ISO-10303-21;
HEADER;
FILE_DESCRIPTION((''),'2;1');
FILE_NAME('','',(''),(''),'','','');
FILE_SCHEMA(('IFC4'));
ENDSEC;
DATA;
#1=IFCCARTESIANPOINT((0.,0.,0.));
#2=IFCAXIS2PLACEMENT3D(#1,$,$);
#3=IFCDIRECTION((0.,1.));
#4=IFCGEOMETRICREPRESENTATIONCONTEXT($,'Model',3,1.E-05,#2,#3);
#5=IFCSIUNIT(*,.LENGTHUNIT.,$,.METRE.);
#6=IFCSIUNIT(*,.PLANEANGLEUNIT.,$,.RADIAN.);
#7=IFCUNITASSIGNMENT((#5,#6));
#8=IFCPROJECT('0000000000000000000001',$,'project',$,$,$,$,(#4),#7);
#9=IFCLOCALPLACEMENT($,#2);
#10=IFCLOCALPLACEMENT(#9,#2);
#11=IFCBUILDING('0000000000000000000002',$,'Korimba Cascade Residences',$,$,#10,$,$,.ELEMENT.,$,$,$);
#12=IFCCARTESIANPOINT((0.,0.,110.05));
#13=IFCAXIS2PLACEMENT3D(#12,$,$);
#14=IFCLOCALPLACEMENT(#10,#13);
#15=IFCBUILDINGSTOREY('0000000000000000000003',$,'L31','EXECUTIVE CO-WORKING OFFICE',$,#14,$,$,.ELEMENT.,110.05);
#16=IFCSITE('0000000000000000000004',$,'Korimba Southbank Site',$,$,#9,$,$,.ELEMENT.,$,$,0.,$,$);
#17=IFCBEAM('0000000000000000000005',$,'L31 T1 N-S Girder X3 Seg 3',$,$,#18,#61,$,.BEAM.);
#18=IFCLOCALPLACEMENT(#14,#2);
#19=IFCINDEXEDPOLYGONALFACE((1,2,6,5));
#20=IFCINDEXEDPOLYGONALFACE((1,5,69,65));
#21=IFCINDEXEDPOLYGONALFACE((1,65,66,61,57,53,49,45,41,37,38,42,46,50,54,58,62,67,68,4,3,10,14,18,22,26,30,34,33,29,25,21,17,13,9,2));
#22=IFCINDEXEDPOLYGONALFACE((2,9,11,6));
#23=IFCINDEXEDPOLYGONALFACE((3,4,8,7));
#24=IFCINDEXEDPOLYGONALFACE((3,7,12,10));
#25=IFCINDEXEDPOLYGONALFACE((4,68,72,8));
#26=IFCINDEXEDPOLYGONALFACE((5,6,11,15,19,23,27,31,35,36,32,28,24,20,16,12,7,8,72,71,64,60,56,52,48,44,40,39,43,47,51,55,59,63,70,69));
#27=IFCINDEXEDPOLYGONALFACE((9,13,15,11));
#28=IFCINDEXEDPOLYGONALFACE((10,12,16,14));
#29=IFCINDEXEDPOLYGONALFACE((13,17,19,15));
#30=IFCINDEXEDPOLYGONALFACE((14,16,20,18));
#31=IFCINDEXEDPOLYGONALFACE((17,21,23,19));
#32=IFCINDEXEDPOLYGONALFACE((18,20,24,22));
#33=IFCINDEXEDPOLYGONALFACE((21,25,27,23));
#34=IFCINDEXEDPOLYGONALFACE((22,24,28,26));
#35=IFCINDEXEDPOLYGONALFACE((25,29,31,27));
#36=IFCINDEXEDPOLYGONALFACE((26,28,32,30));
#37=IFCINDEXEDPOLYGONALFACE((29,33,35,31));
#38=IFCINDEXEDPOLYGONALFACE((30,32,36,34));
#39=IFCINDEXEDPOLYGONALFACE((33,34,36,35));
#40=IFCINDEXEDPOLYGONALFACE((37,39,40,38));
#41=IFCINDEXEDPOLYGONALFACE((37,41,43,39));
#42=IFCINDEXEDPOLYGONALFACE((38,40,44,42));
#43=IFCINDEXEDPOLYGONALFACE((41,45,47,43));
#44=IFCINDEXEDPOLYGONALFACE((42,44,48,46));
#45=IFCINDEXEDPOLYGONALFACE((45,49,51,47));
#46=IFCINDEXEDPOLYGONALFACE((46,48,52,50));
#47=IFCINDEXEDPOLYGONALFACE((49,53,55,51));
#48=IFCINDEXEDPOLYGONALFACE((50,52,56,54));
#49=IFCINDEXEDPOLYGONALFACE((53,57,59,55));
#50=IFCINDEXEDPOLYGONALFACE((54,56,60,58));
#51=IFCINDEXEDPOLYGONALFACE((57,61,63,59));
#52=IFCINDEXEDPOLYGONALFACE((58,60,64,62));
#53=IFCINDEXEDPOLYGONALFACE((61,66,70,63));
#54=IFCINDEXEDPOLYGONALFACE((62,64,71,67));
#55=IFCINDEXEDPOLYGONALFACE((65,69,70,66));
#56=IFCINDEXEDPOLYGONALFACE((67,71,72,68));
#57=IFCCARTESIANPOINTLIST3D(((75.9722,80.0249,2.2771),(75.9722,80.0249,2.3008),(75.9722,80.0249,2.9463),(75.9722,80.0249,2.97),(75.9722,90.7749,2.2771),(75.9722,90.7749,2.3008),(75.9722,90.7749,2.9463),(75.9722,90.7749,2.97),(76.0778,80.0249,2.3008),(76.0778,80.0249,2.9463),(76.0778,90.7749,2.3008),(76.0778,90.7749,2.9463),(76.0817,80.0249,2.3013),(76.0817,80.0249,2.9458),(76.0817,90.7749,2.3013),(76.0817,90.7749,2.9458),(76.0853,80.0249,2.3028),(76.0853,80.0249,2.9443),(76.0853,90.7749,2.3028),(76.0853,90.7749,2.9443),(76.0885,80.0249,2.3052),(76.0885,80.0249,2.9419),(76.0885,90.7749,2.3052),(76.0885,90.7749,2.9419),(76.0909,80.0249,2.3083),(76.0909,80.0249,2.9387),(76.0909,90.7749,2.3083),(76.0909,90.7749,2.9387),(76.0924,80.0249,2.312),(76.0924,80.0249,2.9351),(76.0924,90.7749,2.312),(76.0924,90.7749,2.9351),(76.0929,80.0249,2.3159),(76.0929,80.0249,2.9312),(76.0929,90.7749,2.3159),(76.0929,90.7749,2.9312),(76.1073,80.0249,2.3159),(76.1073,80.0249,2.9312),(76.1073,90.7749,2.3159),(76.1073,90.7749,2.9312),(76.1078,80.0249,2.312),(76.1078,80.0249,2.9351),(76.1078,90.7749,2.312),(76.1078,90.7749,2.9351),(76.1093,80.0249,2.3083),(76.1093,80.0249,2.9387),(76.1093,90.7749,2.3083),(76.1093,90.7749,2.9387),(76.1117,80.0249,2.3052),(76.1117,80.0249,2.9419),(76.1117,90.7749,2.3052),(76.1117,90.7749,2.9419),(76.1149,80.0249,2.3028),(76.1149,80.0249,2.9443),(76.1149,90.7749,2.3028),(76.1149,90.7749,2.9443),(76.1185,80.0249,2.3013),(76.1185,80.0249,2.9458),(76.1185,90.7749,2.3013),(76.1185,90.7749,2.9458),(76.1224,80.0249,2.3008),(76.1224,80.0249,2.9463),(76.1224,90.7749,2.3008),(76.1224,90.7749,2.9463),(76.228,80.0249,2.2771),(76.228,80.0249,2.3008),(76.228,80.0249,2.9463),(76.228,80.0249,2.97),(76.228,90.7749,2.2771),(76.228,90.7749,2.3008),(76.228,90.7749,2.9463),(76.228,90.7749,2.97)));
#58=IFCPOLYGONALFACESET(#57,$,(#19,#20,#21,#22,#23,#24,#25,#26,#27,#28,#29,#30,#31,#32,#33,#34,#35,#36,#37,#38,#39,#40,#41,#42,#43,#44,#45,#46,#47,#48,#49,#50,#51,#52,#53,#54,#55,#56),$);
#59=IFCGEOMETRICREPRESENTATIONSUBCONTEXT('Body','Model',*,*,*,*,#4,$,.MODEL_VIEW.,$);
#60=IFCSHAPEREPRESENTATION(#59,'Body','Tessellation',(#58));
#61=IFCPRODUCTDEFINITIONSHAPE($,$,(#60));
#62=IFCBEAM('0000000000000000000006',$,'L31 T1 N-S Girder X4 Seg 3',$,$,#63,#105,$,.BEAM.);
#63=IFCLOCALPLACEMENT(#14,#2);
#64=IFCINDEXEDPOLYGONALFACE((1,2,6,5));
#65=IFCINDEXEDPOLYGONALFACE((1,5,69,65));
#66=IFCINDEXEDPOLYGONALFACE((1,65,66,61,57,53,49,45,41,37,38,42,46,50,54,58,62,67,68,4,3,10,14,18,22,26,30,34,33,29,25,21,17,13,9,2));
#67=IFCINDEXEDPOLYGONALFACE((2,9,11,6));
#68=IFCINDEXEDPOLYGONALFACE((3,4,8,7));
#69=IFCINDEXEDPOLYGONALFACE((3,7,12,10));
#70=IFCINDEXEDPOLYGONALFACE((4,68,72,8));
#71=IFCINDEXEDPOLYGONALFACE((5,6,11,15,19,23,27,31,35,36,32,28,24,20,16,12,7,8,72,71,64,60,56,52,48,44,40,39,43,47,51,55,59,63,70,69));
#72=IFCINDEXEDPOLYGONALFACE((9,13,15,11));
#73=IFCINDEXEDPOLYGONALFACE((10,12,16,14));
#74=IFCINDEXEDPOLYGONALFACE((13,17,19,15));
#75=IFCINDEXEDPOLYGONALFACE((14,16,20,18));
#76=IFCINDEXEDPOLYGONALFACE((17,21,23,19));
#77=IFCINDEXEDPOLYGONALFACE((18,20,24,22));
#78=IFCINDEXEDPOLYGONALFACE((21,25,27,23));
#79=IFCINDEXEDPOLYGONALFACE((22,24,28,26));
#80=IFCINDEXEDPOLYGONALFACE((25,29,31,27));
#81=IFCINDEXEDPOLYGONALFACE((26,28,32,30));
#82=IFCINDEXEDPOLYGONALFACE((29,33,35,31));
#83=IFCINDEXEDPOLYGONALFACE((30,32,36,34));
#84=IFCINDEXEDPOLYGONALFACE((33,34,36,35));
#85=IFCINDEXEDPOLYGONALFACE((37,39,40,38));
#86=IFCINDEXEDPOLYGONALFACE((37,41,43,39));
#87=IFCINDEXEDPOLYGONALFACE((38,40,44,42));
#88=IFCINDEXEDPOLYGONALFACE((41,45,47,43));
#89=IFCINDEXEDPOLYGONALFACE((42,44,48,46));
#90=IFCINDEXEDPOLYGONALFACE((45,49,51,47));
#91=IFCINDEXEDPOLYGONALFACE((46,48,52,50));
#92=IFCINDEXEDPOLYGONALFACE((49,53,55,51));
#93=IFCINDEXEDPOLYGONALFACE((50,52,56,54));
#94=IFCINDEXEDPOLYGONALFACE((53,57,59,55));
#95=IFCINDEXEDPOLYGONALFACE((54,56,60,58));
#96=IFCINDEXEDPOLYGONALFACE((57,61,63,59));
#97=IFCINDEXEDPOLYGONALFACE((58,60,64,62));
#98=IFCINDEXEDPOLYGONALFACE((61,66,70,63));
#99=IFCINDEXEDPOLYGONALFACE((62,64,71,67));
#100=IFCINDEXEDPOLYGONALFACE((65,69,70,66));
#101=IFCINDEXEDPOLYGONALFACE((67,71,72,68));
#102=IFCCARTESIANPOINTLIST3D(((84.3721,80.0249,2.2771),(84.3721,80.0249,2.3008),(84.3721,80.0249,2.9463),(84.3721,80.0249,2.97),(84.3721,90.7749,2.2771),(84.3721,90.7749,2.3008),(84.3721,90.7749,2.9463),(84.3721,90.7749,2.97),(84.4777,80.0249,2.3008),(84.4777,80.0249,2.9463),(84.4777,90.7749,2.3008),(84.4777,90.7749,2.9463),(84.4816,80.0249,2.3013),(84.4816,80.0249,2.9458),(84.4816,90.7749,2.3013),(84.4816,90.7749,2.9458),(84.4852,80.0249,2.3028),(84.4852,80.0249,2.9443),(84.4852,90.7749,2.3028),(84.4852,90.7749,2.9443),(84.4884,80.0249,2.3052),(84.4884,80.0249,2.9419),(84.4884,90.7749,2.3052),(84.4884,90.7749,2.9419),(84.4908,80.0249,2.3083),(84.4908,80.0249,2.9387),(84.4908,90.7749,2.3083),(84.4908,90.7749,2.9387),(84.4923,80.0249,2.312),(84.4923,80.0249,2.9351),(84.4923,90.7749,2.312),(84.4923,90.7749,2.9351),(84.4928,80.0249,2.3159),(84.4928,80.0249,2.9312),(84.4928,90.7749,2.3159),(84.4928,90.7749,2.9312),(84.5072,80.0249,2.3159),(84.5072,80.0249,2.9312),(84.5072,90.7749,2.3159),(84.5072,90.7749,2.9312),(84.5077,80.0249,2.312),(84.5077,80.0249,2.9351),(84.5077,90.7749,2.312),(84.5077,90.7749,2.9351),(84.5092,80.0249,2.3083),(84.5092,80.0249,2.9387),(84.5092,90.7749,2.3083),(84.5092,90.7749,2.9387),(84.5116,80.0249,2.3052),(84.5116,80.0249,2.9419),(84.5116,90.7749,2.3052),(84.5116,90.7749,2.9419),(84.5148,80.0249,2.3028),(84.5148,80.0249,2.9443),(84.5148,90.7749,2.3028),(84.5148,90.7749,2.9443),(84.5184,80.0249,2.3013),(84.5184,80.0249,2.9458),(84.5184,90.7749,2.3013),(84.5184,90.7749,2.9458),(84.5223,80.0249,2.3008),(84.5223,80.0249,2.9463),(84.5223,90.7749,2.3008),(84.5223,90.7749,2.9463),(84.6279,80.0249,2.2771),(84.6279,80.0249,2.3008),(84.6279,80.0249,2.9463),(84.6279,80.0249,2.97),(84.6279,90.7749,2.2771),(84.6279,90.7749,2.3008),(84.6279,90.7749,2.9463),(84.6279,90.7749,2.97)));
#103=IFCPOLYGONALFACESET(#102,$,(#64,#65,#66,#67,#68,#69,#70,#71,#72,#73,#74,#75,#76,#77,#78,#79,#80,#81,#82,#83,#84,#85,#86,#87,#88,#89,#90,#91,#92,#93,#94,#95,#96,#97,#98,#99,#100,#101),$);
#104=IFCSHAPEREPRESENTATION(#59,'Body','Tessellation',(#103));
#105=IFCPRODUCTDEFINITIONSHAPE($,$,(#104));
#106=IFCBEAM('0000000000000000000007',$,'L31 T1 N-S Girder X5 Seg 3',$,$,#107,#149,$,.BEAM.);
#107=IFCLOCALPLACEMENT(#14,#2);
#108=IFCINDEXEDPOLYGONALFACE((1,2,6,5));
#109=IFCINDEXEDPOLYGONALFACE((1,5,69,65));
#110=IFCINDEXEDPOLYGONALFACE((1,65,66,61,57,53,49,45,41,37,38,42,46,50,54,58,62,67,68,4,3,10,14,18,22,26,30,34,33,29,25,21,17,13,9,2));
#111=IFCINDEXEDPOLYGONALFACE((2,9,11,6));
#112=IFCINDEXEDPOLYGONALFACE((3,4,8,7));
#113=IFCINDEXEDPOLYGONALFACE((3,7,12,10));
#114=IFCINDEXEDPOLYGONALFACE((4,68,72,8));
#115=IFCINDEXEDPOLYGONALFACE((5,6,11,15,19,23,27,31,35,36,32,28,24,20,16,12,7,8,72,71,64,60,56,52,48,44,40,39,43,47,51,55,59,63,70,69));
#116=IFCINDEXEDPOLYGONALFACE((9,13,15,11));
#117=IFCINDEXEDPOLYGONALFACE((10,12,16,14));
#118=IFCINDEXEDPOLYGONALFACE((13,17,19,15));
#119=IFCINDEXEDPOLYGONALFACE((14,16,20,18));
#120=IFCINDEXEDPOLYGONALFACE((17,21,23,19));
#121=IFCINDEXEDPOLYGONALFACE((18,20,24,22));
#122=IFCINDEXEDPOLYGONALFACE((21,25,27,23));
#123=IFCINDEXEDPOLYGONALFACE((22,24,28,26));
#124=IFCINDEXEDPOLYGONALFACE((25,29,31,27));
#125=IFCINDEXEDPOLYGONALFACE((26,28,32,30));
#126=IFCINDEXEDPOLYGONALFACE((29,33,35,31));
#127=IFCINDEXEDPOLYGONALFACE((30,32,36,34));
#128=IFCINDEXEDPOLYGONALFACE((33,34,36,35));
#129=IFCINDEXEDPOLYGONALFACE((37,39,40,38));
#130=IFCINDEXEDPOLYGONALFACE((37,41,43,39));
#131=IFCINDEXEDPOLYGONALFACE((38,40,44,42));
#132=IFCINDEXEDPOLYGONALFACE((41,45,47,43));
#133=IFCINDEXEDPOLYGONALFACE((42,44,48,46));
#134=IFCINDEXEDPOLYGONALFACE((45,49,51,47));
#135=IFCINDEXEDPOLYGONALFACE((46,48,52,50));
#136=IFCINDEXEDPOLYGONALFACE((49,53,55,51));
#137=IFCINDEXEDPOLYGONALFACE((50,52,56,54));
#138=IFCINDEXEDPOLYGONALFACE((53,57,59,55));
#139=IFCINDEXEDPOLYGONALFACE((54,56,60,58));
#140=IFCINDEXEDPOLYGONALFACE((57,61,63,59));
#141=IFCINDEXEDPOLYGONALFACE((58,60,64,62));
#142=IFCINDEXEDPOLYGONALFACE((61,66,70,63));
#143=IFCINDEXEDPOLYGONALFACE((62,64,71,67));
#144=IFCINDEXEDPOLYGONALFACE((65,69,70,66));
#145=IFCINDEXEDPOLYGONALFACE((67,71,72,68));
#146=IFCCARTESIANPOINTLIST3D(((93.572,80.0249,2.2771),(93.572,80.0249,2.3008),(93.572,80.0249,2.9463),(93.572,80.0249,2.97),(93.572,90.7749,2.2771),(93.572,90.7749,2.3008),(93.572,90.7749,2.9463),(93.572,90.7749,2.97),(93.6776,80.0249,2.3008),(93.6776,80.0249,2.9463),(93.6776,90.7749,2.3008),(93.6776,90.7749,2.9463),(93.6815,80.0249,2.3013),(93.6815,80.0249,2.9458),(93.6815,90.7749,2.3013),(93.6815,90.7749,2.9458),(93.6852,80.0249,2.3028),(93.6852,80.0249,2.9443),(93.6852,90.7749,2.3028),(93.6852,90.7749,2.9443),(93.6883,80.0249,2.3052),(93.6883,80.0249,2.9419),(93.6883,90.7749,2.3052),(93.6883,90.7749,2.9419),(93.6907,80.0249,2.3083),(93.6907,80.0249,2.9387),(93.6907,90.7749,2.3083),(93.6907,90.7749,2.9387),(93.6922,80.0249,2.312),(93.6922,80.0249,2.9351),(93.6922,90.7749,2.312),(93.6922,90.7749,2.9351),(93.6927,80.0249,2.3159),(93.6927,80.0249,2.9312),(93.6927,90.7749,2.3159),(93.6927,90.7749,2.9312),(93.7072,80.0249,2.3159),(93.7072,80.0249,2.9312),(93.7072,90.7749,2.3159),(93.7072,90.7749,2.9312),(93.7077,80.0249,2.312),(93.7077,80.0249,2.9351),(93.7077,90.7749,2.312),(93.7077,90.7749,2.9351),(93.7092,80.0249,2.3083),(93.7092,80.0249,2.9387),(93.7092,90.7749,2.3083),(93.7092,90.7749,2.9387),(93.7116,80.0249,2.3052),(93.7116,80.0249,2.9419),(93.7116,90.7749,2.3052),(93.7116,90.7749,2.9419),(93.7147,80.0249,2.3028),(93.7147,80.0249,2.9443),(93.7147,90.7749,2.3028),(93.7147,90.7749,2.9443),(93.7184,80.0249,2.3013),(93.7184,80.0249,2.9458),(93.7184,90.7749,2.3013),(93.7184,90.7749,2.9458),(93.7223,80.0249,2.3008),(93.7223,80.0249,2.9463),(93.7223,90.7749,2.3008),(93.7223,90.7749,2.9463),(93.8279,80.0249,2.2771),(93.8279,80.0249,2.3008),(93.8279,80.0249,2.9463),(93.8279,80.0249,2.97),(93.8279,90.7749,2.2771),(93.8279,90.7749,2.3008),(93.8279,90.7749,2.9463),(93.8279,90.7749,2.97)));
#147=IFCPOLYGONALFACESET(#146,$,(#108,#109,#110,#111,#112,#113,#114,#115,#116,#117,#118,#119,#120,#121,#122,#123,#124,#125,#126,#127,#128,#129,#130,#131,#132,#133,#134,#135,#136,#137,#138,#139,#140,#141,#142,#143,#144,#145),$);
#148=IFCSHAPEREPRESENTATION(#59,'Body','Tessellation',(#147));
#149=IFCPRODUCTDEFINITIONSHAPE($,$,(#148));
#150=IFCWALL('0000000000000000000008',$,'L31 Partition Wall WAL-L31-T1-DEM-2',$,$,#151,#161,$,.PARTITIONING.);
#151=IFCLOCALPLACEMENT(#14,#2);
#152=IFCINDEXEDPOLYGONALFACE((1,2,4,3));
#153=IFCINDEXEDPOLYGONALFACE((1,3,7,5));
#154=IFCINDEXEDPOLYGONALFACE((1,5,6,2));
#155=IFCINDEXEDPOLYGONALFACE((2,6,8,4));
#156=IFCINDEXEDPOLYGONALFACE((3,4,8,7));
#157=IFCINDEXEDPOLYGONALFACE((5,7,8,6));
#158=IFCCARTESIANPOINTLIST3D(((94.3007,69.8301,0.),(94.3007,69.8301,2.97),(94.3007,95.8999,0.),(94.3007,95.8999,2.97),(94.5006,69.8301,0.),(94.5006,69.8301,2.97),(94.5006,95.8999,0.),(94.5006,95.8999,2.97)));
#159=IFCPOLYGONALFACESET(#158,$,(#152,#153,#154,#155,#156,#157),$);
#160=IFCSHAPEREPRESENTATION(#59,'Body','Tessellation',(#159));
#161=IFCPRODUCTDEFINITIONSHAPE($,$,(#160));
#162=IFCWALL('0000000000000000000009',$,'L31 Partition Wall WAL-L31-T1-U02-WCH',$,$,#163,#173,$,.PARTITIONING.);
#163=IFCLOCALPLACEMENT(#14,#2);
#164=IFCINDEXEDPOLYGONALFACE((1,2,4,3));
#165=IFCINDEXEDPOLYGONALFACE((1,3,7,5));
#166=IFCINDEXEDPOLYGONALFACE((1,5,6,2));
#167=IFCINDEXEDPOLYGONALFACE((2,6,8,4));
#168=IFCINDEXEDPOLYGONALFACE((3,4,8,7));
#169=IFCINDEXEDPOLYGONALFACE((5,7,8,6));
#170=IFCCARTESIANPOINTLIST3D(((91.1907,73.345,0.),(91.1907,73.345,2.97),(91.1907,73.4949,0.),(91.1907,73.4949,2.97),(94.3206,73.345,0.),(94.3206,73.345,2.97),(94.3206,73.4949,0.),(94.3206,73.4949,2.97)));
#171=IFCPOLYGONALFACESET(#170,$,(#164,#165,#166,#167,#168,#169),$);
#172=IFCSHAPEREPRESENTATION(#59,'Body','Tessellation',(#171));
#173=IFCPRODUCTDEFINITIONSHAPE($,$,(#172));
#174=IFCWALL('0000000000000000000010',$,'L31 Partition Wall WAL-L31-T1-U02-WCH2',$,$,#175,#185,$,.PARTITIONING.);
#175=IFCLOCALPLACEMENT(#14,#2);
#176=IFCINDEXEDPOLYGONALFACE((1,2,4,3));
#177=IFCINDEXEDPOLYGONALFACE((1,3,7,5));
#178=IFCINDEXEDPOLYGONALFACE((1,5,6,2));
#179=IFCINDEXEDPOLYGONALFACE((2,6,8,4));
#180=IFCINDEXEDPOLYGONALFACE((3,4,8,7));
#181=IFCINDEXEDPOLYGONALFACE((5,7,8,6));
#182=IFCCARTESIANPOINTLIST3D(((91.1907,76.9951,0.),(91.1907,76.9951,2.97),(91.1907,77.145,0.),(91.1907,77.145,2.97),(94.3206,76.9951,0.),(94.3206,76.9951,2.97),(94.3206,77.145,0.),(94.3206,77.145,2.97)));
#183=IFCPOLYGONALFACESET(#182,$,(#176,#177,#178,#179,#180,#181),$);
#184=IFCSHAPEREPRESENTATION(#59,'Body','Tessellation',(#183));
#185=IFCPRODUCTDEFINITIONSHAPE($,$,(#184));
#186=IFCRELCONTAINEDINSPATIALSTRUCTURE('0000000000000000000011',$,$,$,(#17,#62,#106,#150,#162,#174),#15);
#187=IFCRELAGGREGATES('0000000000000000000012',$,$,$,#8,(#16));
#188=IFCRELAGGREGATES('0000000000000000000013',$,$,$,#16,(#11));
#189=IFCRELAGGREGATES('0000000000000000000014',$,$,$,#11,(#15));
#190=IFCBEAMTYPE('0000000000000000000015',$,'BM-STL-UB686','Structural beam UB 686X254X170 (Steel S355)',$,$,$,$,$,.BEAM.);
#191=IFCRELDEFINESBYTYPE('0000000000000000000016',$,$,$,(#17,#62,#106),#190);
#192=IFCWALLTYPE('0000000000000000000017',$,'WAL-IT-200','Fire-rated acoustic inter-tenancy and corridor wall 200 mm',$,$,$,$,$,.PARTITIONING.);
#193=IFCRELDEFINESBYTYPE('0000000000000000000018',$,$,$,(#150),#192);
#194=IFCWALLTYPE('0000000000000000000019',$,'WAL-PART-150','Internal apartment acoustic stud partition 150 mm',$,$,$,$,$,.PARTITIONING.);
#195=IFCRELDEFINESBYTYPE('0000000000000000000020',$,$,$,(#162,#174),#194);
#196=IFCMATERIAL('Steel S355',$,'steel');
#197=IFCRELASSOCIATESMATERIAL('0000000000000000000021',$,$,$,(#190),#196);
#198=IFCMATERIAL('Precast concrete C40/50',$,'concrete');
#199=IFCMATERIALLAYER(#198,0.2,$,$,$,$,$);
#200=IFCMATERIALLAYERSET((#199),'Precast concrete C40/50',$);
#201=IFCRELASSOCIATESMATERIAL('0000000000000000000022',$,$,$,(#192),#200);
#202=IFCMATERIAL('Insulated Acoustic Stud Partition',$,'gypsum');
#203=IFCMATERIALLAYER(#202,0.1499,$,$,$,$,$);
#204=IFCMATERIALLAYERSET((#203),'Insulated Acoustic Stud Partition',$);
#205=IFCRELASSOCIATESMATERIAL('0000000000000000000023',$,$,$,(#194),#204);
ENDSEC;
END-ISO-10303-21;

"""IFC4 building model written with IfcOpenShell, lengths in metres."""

from ifc_helpers import new_model, si_unit, direction, frame, frame_2d, origin, origin_2d, place, context, subcontext, project, spatial, rectangle, i_section, extrude, material, layer, layer_set, material_profile, profile_set, type_object, element, save


model = new_model("IFC4")

# Units and contexts
model_context = context("Model", 3, precision=1e-05, world=origin(), true_north=direction((0.0, 1.0)))
body_context = subcontext(model_context, "Body", "Model", "MODEL_VIEW")
ifc_project = project(units=[si_unit("LENGTHUNIT", "METRE"), si_unit("PLANEANGLEUNIT", "RADIAN")], contexts=[model_context])

# Site, building, storey
site_placement = place(None, origin())
site = spatial("IfcSite", under=ifc_project, at=site_placement, Name="Korimba Southbank Site", CompositionType="ELEMENT", RefElevation=0.0)
building_placement = place(site_placement, origin())
building = spatial("IfcBuilding", under=site, at=building_placement, Name="Korimba Cascade Residences", CompositionType="ELEMENT")
storey_placement = place(building_placement, frame((0.0, 0.0, 110.05)))
storey = spatial("IfcBuildingStorey", under=building, at=storey_placement, Name="L31", Description="EXECUTIVE CO-WORKING OFFICE", CompositionType="ELEMENT", Elevation=110.05)

# Beams
ifc_material_1 = material(Name="Steel S355", Category="steel")
ifc_material_profile_1 = material_profile(ifc_material_1, i_section(OverallWidth=0.2559, OverallDepth=0.6929, WebThickness=0.0144, FlangeThickness=0.0237, FilletRadius=0.0151, at=origin_2d()), Name="Steel S355")
ifc_profile_set_1 = profile_set([ifc_material_profile_1], Name="Steel S355")
beam_type_1 = type_object("IfcBeamType", Name="BM-STL-UB686", Description="Structural beam UB 686X254X170 (Steel S355)", PredefinedType="BEAM", material=ifc_profile_set_1)
for number, where, z_axis, x_axis, name in (
    (1, (76.1001, 80.0249, 2.6235), (0.0, 1.0, 0.0), (-1.0, 0.0, 0.0), "L31 T1 N-S Girder X3 Seg 3"),
    (2, (84.5, 80.0249, 2.6235), (0.0, 1.0, 0.0), (-1.0, 0.0, 0.0), "L31 T1 N-S Girder X4 Seg 3"),
    (3, (93.7, 80.0249, 2.6235), (0.0, 1.0, 0.0), (-1.0, 0.0, 0.0), "L31 T1 N-S Girder X5 Seg 3"),
):
    element("IfcBeam", number, at=place(storey_placement, frame(where, z_axis=z_axis, x_axis=x_axis)), inside=storey, type_object=beam_type_1, Name=name, PredefinedType="BEAM", context=body_context, shape_type="SweptSolid", body=[
        extrude(i_section(OverallWidth=0.2559, OverallDepth=0.6929, WebThickness=0.0144, FlangeThickness=0.0237, FilletRadius=0.0151, at=origin_2d()), origin(), (0.0, 0.0, 1.0), 10.75),
    ])

# Walls
ifc_material_2 = material(Name="Precast concrete C40/50", Category="concrete")
ifc_layer_1 = layer(ifc_material_2, 0.2)
ifc_layer_set_1 = layer_set([ifc_layer_1], Name="Precast concrete C40/50")
wall_type_1 = type_object("IfcWallType", Name="WAL-IT-200", Description="Fire-rated acoustic inter-tenancy and corridor wall 200 mm", PredefinedType="PARTITIONING", material=ifc_layer_set_1)
wall_1_placement = place(storey_placement, frame((94.4006, 69.8301, 0.0), z_axis=(0.0, 0.0, 1.0), x_axis=(0.0, 1.0, 0.0)))
element("IfcWall", 4, at=wall_1_placement, inside=storey, type_object=wall_type_1, Name="L31 Partition Wall WAL-L31-T1-DEM-2", PredefinedType="PARTITIONING", context=body_context, shape_type="SweptSolid", body=[
    extrude(rectangle(XDim=26.0698, YDim=0.2, at=frame_2d((13.0349, 0.0))), origin(), (0.0, 0.0, 1.0), 2.97),
])
ifc_material_3 = material(Name="Insulated Acoustic Stud Partition", Category="gypsum")
ifc_layer_2 = layer(ifc_material_3, 0.1499)
ifc_layer_set_2 = layer_set([ifc_layer_2], Name="Insulated Acoustic Stud Partition")
wall_type_2 = type_object("IfcWallType", Name="WAL-PART-150", Description="Internal apartment acoustic stud partition 150 mm", PredefinedType="PARTITIONING", material=ifc_layer_set_2)
for number, where, z_axis, x_axis, name in (
    (5, (91.1907, 73.4199, 0.0), (0.0, 0.0, 1.0), (1.0, 0.0, 0.0), "L31 Partition Wall WAL-L31-T1-U02-WCH"),
    (6, (91.1907, 77.0701, 0.0), (0.0, 0.0, 1.0), (1.0, 0.0, 0.0), "L31 Partition Wall WAL-L31-T1-U02-WCH2"),
):
    element("IfcWall", number, at=place(storey_placement, frame(where, z_axis=z_axis, x_axis=x_axis)), inside=storey, type_object=wall_type_2, Name=name, PredefinedType="PARTITIONING", context=body_context, shape_type="SweptSolid", body=[
        extrude(rectangle(XDim=3.1299, YDim=0.1499, at=frame_2d((1.5649, 0.0))), origin(), (0.0, 0.0, 1.0), 2.97),
    ])

save(model, "model.ifc")
